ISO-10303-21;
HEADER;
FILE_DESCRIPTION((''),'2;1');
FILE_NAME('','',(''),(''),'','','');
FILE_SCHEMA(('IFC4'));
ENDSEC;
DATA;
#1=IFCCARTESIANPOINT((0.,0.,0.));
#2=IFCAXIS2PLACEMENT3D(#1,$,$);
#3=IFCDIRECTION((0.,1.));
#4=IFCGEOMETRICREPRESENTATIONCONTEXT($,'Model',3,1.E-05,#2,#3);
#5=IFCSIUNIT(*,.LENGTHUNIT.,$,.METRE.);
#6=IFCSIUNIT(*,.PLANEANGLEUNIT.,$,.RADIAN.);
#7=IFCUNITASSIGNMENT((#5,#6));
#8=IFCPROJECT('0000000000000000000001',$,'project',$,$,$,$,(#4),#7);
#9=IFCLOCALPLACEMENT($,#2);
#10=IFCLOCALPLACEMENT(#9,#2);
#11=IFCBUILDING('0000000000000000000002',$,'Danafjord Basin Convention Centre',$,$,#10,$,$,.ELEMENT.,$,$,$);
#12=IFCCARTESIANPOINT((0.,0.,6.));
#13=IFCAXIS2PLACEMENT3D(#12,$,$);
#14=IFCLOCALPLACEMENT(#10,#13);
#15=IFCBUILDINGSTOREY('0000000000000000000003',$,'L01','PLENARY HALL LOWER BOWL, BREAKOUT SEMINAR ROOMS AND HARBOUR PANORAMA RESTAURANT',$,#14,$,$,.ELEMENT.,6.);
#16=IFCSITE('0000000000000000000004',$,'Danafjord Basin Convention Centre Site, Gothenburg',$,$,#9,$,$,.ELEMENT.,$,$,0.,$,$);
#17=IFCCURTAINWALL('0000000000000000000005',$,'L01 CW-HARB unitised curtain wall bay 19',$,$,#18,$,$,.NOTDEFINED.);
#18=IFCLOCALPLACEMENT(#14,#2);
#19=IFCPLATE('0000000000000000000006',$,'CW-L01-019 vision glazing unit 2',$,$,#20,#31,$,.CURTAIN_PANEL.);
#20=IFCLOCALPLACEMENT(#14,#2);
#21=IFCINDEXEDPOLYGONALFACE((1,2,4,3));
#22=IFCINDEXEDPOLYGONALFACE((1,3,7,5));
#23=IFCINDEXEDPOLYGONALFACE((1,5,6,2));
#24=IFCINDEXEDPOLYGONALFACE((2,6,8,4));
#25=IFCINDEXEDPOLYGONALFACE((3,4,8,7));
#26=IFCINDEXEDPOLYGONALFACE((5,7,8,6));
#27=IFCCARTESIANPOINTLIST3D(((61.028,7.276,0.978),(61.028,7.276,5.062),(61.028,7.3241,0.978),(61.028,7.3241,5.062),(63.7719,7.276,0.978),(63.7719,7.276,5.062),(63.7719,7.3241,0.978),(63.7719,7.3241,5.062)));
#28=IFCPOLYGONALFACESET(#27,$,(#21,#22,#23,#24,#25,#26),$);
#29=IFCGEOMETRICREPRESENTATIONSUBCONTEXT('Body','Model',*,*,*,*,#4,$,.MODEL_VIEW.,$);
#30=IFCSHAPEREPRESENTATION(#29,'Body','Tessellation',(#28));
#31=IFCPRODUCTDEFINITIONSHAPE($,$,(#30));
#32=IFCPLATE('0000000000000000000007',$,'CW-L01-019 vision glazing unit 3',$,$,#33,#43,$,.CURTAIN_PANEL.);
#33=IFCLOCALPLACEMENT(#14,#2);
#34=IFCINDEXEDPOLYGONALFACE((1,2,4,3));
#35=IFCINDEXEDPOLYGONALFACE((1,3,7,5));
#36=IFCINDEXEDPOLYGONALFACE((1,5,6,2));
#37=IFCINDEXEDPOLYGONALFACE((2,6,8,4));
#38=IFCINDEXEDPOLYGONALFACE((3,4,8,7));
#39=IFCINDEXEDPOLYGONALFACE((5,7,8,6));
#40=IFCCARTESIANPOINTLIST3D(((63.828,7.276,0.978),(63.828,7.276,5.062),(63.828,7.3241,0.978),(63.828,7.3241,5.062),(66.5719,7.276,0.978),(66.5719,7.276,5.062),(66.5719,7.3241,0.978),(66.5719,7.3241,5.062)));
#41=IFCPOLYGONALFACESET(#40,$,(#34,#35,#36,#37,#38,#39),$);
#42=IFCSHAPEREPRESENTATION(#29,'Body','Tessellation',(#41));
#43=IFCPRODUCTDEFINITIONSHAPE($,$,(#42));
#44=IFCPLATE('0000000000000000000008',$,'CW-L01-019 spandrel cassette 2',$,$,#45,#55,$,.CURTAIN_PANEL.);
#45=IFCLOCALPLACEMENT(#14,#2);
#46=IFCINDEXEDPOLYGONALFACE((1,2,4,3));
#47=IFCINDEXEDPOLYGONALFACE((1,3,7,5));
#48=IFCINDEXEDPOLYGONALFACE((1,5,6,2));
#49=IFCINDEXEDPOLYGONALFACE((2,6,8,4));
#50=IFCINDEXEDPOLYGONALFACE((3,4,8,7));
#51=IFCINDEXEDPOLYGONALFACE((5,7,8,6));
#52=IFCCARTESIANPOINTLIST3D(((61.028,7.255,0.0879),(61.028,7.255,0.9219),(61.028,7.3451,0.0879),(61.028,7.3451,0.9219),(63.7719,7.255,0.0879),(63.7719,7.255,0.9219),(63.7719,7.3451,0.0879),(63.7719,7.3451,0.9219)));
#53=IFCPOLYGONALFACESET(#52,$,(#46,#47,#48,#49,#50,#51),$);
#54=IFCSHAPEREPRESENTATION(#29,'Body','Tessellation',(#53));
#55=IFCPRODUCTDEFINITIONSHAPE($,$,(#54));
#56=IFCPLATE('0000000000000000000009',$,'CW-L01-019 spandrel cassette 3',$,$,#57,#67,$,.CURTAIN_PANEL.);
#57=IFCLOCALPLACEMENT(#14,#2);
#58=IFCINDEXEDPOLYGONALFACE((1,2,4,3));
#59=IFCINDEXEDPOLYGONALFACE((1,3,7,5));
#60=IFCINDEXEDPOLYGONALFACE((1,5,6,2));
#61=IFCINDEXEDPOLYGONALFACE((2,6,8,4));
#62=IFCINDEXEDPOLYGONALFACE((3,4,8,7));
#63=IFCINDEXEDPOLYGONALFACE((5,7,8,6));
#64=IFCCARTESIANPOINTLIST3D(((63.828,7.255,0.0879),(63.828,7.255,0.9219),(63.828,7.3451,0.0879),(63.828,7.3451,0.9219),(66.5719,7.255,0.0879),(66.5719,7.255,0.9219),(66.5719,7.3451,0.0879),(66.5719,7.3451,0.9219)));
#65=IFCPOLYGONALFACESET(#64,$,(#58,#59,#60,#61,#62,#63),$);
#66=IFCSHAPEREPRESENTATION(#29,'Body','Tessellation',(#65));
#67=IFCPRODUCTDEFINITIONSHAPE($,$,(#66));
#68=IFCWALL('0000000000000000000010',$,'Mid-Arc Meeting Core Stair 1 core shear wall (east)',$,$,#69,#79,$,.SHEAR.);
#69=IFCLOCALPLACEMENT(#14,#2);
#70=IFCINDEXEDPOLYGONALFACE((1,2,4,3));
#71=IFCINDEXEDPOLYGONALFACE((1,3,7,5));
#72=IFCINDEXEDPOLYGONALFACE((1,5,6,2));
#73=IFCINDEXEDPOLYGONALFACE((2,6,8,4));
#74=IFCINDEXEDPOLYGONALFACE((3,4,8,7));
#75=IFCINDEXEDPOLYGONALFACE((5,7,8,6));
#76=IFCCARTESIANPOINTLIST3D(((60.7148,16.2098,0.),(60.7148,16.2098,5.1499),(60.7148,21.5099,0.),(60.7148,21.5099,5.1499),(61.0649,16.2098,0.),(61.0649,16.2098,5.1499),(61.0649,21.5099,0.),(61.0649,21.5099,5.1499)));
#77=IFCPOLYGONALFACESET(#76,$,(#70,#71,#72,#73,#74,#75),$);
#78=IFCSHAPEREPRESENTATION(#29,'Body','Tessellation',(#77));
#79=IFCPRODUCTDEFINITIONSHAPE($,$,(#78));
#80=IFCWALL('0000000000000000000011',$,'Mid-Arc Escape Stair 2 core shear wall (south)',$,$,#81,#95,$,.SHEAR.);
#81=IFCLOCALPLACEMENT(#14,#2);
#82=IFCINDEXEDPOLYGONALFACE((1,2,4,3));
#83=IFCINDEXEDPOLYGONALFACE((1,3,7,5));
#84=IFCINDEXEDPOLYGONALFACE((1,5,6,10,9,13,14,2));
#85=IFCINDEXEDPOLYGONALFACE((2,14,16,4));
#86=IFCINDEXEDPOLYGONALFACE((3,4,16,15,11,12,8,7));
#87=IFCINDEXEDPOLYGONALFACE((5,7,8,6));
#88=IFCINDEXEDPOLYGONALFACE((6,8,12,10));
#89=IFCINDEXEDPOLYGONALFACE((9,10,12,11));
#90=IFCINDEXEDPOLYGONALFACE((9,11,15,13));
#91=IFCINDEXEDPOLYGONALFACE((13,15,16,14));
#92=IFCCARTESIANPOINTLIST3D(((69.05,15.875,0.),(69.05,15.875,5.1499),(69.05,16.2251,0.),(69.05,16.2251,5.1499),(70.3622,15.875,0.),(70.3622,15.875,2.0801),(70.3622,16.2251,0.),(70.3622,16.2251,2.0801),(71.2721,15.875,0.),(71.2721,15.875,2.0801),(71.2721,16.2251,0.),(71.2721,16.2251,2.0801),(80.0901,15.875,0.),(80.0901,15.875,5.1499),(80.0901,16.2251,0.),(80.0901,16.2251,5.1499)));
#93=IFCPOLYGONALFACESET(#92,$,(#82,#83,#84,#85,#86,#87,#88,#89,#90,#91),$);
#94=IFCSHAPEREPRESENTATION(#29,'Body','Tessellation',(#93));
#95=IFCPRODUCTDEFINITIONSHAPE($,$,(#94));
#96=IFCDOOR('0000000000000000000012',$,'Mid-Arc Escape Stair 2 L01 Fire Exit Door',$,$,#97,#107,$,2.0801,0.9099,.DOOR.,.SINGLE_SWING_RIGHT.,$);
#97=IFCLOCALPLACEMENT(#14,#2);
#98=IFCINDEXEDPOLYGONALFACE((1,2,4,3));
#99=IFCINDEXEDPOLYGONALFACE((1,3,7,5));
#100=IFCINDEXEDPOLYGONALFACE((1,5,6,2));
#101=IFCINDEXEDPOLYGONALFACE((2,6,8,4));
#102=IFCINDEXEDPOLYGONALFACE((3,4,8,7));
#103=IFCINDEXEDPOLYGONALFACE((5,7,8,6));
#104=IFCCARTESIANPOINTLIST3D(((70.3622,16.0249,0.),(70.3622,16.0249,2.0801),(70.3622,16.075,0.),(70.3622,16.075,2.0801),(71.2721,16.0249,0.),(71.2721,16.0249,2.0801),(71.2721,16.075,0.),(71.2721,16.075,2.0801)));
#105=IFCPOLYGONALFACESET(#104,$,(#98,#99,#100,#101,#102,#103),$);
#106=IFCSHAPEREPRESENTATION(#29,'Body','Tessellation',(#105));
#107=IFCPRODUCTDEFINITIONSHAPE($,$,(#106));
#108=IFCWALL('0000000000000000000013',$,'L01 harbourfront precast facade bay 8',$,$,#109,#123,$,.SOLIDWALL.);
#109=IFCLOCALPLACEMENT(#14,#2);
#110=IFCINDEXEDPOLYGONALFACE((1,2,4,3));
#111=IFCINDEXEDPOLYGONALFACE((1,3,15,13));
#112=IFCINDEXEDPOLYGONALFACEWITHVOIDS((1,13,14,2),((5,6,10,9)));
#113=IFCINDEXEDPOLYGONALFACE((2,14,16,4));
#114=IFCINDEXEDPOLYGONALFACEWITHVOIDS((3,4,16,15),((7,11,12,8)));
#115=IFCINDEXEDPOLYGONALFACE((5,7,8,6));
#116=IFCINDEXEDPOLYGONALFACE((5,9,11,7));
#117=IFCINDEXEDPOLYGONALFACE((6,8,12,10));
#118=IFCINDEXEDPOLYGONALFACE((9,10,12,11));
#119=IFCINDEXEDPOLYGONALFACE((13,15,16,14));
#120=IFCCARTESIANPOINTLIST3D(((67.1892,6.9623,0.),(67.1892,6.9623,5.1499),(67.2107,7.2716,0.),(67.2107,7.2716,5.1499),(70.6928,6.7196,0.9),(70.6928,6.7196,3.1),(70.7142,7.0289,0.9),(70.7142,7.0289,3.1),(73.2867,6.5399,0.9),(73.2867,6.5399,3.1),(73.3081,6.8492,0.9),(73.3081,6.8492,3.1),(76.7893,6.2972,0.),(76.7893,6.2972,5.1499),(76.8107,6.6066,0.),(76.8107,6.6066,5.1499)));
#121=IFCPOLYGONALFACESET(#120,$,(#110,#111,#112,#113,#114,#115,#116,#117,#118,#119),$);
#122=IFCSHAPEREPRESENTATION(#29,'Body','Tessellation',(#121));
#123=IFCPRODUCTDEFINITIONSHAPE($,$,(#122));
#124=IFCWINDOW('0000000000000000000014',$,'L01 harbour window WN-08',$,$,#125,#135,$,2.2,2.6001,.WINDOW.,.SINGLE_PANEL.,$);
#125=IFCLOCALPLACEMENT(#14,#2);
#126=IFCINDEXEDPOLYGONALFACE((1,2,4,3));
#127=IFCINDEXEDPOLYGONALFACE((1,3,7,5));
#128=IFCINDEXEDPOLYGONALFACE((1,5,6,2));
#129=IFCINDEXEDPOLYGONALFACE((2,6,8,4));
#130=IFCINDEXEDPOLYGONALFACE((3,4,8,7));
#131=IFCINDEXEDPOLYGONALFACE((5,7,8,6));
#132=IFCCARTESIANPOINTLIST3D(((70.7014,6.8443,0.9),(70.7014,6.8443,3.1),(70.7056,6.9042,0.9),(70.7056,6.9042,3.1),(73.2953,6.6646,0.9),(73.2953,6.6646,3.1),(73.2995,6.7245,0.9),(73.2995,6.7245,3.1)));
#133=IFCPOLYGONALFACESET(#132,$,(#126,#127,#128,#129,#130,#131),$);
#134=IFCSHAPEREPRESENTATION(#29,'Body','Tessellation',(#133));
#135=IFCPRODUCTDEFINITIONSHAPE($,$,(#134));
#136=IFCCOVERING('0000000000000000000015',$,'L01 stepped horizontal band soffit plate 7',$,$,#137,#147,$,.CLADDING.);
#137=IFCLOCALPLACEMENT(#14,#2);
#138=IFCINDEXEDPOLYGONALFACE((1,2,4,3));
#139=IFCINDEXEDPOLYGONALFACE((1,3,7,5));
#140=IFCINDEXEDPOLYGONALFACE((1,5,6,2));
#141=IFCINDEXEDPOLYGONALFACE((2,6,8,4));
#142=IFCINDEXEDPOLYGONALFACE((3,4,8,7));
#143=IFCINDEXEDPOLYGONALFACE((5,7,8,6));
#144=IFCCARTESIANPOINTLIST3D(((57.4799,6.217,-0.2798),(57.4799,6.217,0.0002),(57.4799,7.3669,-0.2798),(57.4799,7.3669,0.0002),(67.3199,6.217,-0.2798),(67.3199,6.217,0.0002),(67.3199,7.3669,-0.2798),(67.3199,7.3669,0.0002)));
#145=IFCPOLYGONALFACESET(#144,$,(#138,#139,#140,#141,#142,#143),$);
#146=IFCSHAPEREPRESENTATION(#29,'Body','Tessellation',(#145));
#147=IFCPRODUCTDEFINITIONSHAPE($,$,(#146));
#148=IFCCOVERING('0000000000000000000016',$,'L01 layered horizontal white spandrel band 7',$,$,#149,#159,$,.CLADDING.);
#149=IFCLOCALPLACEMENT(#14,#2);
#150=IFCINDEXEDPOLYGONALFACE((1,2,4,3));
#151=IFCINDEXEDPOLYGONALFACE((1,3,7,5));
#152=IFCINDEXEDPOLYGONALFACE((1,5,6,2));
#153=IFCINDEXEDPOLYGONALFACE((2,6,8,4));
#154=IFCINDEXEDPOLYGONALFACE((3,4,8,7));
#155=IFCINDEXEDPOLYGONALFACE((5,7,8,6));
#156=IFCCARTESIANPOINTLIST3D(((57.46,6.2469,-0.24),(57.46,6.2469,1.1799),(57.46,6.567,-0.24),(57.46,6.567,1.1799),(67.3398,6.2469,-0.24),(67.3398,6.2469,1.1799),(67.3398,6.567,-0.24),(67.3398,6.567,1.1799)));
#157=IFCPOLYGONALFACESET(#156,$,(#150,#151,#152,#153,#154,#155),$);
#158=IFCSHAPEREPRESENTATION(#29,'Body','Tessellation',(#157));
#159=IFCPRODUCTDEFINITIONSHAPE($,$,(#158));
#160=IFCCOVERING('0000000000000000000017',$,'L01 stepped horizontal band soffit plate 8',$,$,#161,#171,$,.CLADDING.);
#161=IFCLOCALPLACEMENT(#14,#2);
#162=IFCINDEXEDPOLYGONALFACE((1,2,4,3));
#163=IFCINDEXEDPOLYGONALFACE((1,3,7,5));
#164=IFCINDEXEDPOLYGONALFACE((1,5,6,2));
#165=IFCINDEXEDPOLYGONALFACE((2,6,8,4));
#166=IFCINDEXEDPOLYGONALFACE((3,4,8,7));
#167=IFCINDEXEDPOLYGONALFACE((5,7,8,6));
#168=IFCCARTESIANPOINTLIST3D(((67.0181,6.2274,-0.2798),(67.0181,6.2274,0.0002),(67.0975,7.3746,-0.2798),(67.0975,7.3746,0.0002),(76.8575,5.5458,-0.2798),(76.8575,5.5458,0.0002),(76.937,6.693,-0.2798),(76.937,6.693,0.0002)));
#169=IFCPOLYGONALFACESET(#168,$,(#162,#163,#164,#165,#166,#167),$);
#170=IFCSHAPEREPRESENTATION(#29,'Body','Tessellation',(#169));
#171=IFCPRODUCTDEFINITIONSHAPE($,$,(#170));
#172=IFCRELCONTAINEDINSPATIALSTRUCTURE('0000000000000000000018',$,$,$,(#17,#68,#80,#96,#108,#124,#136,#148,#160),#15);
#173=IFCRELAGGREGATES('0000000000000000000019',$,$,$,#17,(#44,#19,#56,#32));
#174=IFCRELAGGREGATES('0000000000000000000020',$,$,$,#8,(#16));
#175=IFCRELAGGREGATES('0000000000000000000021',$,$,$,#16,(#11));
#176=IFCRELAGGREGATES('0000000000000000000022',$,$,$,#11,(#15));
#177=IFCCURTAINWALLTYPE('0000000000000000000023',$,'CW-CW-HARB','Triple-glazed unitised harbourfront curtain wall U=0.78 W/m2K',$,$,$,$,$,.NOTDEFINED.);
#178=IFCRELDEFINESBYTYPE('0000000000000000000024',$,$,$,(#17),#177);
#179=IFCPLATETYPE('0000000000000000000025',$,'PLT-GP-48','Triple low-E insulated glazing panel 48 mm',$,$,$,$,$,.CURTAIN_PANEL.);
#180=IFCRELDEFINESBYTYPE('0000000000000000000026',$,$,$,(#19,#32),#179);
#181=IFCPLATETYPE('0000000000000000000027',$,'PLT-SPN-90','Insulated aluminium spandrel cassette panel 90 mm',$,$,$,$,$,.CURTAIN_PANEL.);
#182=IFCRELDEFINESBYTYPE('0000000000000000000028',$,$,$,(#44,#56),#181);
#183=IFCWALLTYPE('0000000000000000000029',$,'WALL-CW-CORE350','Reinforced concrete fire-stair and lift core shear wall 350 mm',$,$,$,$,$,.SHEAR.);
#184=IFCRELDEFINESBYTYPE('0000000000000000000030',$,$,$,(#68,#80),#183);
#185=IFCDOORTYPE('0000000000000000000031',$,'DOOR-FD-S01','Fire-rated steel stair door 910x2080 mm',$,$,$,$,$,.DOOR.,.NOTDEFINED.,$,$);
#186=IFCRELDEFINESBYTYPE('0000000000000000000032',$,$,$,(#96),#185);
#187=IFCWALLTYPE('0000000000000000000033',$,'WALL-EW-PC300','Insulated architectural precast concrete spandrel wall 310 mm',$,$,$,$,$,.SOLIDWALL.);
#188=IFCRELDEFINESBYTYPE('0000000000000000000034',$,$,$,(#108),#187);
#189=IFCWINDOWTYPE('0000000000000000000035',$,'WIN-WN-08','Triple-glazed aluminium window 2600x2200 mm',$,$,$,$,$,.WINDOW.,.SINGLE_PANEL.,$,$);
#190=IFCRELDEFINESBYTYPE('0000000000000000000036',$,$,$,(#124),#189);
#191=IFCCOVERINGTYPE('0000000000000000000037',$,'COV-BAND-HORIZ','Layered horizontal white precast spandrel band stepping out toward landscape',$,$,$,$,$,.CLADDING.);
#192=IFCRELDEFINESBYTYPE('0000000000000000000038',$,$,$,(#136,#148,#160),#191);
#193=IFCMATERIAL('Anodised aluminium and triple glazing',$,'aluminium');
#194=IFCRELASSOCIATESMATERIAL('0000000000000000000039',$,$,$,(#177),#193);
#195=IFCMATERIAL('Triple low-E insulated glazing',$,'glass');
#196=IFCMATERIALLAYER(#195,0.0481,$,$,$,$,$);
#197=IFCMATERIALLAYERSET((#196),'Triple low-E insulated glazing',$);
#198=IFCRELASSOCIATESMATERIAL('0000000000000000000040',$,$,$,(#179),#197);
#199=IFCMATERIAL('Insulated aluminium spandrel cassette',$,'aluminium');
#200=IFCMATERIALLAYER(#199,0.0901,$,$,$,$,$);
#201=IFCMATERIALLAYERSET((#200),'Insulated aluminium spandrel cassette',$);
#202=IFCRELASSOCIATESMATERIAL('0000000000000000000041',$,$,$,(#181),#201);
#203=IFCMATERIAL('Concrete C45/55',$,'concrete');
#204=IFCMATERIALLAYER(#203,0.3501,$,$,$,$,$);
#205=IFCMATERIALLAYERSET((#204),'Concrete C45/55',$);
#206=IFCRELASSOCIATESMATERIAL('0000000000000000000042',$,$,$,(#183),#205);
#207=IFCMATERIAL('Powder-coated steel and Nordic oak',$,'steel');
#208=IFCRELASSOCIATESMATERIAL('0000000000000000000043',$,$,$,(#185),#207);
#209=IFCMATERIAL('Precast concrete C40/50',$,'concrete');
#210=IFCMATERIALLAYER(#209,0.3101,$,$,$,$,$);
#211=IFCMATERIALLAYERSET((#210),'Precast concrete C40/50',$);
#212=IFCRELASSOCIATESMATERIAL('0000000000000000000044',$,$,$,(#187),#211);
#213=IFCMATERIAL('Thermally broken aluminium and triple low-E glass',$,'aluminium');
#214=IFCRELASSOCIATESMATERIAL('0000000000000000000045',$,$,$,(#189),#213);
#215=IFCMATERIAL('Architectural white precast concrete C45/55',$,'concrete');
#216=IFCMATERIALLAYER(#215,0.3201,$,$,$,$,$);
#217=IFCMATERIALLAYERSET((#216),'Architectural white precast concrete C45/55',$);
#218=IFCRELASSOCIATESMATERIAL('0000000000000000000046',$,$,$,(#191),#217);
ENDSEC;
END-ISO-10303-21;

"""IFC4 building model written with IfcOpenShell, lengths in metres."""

from ifc_helpers import new_model, si_unit, direction, frame, frame_2d, origin, origin_2d, place, context, subcontext, project, spatial, rectangle, extrude, material, layer, layer_set, type_object, element, fill, aggregate, save


model = new_model("IFC4")

# Units and contexts
model_context = context("Model", 3, precision=1e-05, world=origin(), true_north=direction((0.0, 1.0)))
body_context = subcontext(model_context, "Body", "Model", "MODEL_VIEW")
ifc_project = project(units=[si_unit("LENGTHUNIT", "METRE"), si_unit("PLANEANGLEUNIT", "RADIAN")], contexts=[model_context])

# Site, building, storey
site_placement = place(None, origin())
site = spatial("IfcSite", under=ifc_project, at=site_placement, Name="Danafjord Basin Convention Centre Site, Gothenburg", CompositionType="ELEMENT", RefElevation=0.0)
building_placement = place(site_placement, origin())
building = spatial("IfcBuilding", under=site, at=building_placement, Name="Danafjord Basin Convention Centre", CompositionType="ELEMENT")
storey_placement = place(building_placement, frame((0.0, 0.0, 6.0)))
storey = spatial("IfcBuildingStorey", under=building, at=storey_placement, Name="L01", Description="PLENARY HALL LOWER BOWL, BREAKOUT SEMINAR ROOMS AND HARBOUR PANORAMA RESTAURANT", CompositionType="ELEMENT", Elevation=6.0)

# Shared definitions
ifc_material_1 = material(Name="Anodised aluminium and triple glazing", Category="aluminium")
curtain_wall_type = type_object("IfcCurtainWallType", Name="CW-CW-HARB", Description="Triple-glazed unitised harbourfront curtain wall U=0.78 W/m2K", PredefinedType="NOTDEFINED", material=ifc_material_1)

# Curtain wall, plates
curtain_wall_1_placement = place(storey_placement, origin())
curtain_wall_1 = element("IfcCurtainWall", 1, at=curtain_wall_1_placement, inside=storey, type_object=curtain_wall_type, Name="L01 CW-HARB unitised curtain wall bay 19", PredefinedType="NOTDEFINED")
ifc_material_2 = material(Name="Triple low-E insulated glazing", Category="glass")
ifc_layer_1 = layer(ifc_material_2, 0.0481)
ifc_layer_set_1 = layer_set([ifc_layer_1], Name="Triple low-E insulated glazing")
plate_type_1 = type_object("IfcPlateType", Name="PLT-GP-48", Description="Triple low-E insulated glazing panel 48 mm", PredefinedType="CURTAIN_PANEL", material=ifc_layer_set_1)
plate_1_placement = place(storey_placement, frame((62.3999, 7.3, 0.978), z_axis=(0.0, 0.0, 1.0), x_axis=(1.0, 0.0, 0.0)))
plate_1 = element("IfcPlate", 2, at=plate_1_placement, type_object=plate_type_1, Name="CW-L01-019 vision glazing unit 2", PredefinedType="CURTAIN_PANEL", context=body_context, shape_type="SweptSolid", body=[
    extrude(rectangle(XDim=2.7439, YDim=0.0481, at=origin_2d()), origin(), (0.0, 0.0, 1.0), 4.084),
])
plate_2_placement = place(storey_placement, frame((65.2, 7.3, 0.978), z_axis=(0.0, 0.0, 1.0), x_axis=(1.0, 0.0, 0.0)))
plate_2 = element("IfcPlate", 3, at=plate_2_placement, type_object=plate_type_1, Name="CW-L01-019 vision glazing unit 3", PredefinedType="CURTAIN_PANEL", context=body_context, shape_type="SweptSolid", body=[
    extrude(rectangle(XDim=2.7439, YDim=0.0481, at=origin_2d()), origin(), (0.0, 0.0, 1.0), 4.084),
])
ifc_material_3 = material(Name="Insulated aluminium spandrel cassette", Category="aluminium")
ifc_layer_2 = layer(ifc_material_3, 0.0901)
ifc_layer_set_2 = layer_set([ifc_layer_2], Name="Insulated aluminium spandrel cassette")
plate_type_2 = type_object("IfcPlateType", Name="PLT-SPN-90", Description="Insulated aluminium spandrel cassette panel 90 mm", PredefinedType="CURTAIN_PANEL", material=ifc_layer_set_2)
plate_3_placement = place(storey_placement, frame((62.3999, 7.3, 0.0879), z_axis=(0.0, 0.0, 1.0), x_axis=(1.0, 0.0, 0.0)))
plate_3 = element("IfcPlate", 4, at=plate_3_placement, type_object=plate_type_2, Name="CW-L01-019 spandrel cassette 2", PredefinedType="CURTAIN_PANEL", context=body_context, shape_type="SweptSolid", body=[
    extrude(rectangle(XDim=2.7439, YDim=0.0901, at=origin_2d()), origin(), (0.0, 0.0, 1.0), 0.834),
])
plate_4_placement = place(storey_placement, frame((65.2, 7.3, 0.0879), z_axis=(0.0, 0.0, 1.0), x_axis=(1.0, 0.0, 0.0)))
plate_4 = element("IfcPlate", 5, at=plate_4_placement, type_object=plate_type_2, Name="CW-L01-019 spandrel cassette 3", PredefinedType="CURTAIN_PANEL", context=body_context, shape_type="SweptSolid", body=[
    extrude(rectangle(XDim=2.7439, YDim=0.0901, at=origin_2d()), origin(), (0.0, 0.0, 1.0), 0.834),
])
aggregate(curtain_wall_1, [plate_3, plate_1, plate_4, plate_2])

# Wall
ifc_material_4 = material(Name="Concrete C45/55", Category="concrete")
ifc_layer_3 = layer(ifc_material_4, 0.3501)
ifc_layer_set_3 = layer_set([ifc_layer_3], Name="Concrete C45/55")
wall_type_1 = type_object("IfcWallType", Name="WALL-CW-CORE350", Description="Reinforced concrete fire-stair and lift core shear wall 350 mm", PredefinedType="SHEAR", material=ifc_layer_set_3)
wall_1_placement = place(storey_placement, frame((60.8899, 16.21, 0.0), z_axis=(0.0, 0.0, 1.0), x_axis=(0.0, 1.0, 0.0)))
element("IfcWall", 6, at=wall_1_placement, inside=storey, type_object=wall_type_1, Name="Mid-Arc Meeting Core Stair 1 core shear wall (east)", PredefinedType="SHEAR", context=body_context, shape_type="SweptSolid", body=[
    extrude(rectangle(XDim=5.3, YDim=0.3501, at=frame_2d((2.6499, 0.0))), origin(), (0.0, 0.0, 1.0), 5.1499),
])

# Wall, opening, door
wall_2_placement = place(storey_placement, frame((69.05, 16.05, 0.0), z_axis=(0.0, 0.0, 1.0), x_axis=(1.0, 0.0, 0.0)))
wall_2 = element("IfcWall", 7, at=wall_2_placement, inside=storey, type_object=wall_type_1, Name="Mid-Arc Escape Stair 2 core shear wall (south)", PredefinedType="SHEAR", context=body_context, shape_type="SweptSolid", body=[
    extrude(rectangle(XDim=11.04, YDim=0.3501, at=frame_2d((5.52, 0.0))), origin(), (0.0, 0.0, 1.0), 5.1499),
])
opening_1_placement = place(wall_2_placement, frame((1.312, 0.0, 0.0)))
opening_1 = element("IfcOpeningElement", 8, at=opening_1_placement, cuts=wall_2, PredefinedType="OPENING", context=body_context, shape_type="SweptSolid", body=[
    extrude(rectangle(XDim=0.9099, YDim=2.0801, at=frame_2d((0.4551, 1.04))), frame((0.0, 0.1851, 0.0), z_axis=(0.0, -1.0, 0.0), x_axis=(1.0, 0.0, 0.0)), (0.0, 0.0, 1.0), 0.3701),
])
ifc_material_5 = material(Name="Powder-coated steel and Nordic oak", Category="steel")
door_type = type_object("IfcDoorType", Name="DOOR-FD-S01", Description="Fire-rated steel stair door 910x2080 mm", OperationType="NOTDEFINED", PredefinedType="DOOR", material=ifc_material_5)
door_placement = place(opening_1_placement, origin())
door = element("IfcDoor", 9, at=door_placement, inside=storey, type_object=door_type, Name="Mid-Arc Escape Stair 2 L01 Fire Exit Door", OperationType="SINGLE_SWING_RIGHT", OverallHeight=2.0801, OverallWidth=0.9099, PredefinedType="DOOR", context=body_context, shape_type="SweptSolid", body=[
    extrude(rectangle(XDim=0.9099, YDim=2.0801, at=frame_2d((0.4551, 1.04))), frame((0.0, 0.0249, 0.0), z_axis=(0.0, -1.0, 0.0), x_axis=(1.0, 0.0, 0.0)), (0.0, 0.0, 1.0), 0.05),
])
fill(opening_1, door)

# Wall, opening, window
ifc_material_6 = material(Name="Precast concrete C40/50", Category="concrete")
ifc_layer_4 = layer(ifc_material_6, 0.3101)
ifc_layer_set_4 = layer_set([ifc_layer_4], Name="Precast concrete C40/50")
wall_type_2 = type_object("IfcWallType", Name="WALL-EW-PC300", Description="Insulated architectural precast concrete spandrel wall 310 mm", PredefinedType="SOLIDWALL", material=ifc_layer_set_4)
wall_3_placement = place(storey_placement, frame((67.2, 7.1169, 0.0), z_axis=(0.0, 0.0, 1.0), x_axis=(0.997609, -0.069109, 0.0)))
wall_3 = element("IfcWall", 10, at=wall_3_placement, inside=storey, type_object=wall_type_2, Name="L01 harbourfront precast facade bay 8", PredefinedType="SOLIDWALL", context=body_context, shape_type="SweptSolid", body=[
    extrude(rectangle(XDim=9.623, YDim=0.3101, at=frame_2d((4.8115, 0.0))), origin(), (0.0, 0.0, 1.0), 5.1499),
])
opening_2_placement = place(wall_3_placement, frame((3.512, 0.0, 0.8999)))
opening_2 = element("IfcOpeningElement", 11, at=opening_2_placement, cuts=wall_3, PredefinedType="OPENING", context=body_context, shape_type="SweptSolid", body=[
    extrude(rectangle(XDim=2.6001, YDim=2.2, at=frame_2d((1.3, 1.1001))), frame((0.0, 0.165, 0.0), z_axis=(0.0, -1.0, 0.0), x_axis=(1.0, 0.0, 0.0)), (0.0, 0.0, 1.0), 0.3301),
])
ifc_material_7 = material(Name="Thermally broken aluminium and triple low-E glass", Category="aluminium")
window_type = type_object("IfcWindowType", Name="WIN-WN-08", Description="Triple-glazed aluminium window 2600x2200 mm", PartitioningType="SINGLE_PANEL", PredefinedType="WINDOW", material=ifc_material_7)
window_placement = place(opening_2_placement, origin())
window = element("IfcWindow", 12, at=window_placement, inside=storey, type_object=window_type, Name="L01 harbour window WN-08", OverallHeight=2.2, OverallWidth=2.6001, PartitioningType="SINGLE_PANEL", PredefinedType="WINDOW", context=body_context, shape_type="SweptSolid", body=[
    extrude(rectangle(XDim=2.6001, YDim=2.2, at=frame_2d((1.3, 1.1001))), frame((0.0, 0.03, 0.0), z_axis=(0.0, -1.0, 0.0), x_axis=(1.0, 0.0, 0.0)), (0.0, 0.0, 1.0), 0.0601),
])
fill(opening_2, window)

# Coverings
ifc_material_8 = material(Name="Architectural white precast concrete C45/55", Category="concrete")
ifc_layer_5 = layer(ifc_material_8, 0.3201)
ifc_layer_set_5 = layer_set([ifc_layer_5], Name="Architectural white precast concrete C45/55")
covering_type = type_object("IfcCoveringType", Name="COV-BAND-HORIZ", Description="Layered horizontal white precast spandrel band stepping out toward landscape", PredefinedType="CLADDING", material=ifc_layer_set_5)
covering_1_placement = place(storey_placement, frame((62.3999, 6.792, -0.2798), z_axis=(0.0, 0.0, 1.0), x_axis=(1.0, 0.0, 0.0)))
element("IfcCovering", 13, at=covering_1_placement, inside=storey, type_object=covering_type, Name="L01 stepped horizontal band soffit plate 7", PredefinedType="CLADDING", context=body_context, shape_type="SweptSolid", body=[
    extrude(rectangle(XDim=9.8401, YDim=1.1499, at=origin_2d()), origin(), (0.0, 0.0, 1.0), 0.28),
])
covering_2_placement = place(storey_placement, frame((62.3999, 6.407, -0.24), z_axis=(0.0, 0.0, 1.0), x_axis=(1.0, 0.0, 0.0)))
element("IfcCovering", 14, at=covering_2_placement, inside=storey, type_object=covering_type, Name="L01 layered horizontal white spandrel band 7", PredefinedType="CLADDING", context=body_context, shape_type="SweptSolid", body=[
    extrude(rectangle(XDim=9.8799, YDim=0.3201, at=origin_2d()), origin(), (0.0, 0.0, 1.0), 1.4199),
])
covering_3_placement = place(storey_placement, frame((71.9775, 6.4602, -0.2798), z_axis=(0.0, 0.0, 1.0), x_axis=(0.997609, -0.069105, 0.0)))
element("IfcCovering", 15, at=covering_3_placement, inside=storey, type_object=covering_type, Name="L01 stepped horizontal band soffit plate 8", PredefinedType="CLADDING", context=body_context, shape_type="SweptSolid", body=[
    extrude(rectangle(XDim=9.863, YDim=1.1499, at=origin_2d()), origin(), (0.0, 0.0, 1.0), 0.28),
])

save(model, "model.ifc")
